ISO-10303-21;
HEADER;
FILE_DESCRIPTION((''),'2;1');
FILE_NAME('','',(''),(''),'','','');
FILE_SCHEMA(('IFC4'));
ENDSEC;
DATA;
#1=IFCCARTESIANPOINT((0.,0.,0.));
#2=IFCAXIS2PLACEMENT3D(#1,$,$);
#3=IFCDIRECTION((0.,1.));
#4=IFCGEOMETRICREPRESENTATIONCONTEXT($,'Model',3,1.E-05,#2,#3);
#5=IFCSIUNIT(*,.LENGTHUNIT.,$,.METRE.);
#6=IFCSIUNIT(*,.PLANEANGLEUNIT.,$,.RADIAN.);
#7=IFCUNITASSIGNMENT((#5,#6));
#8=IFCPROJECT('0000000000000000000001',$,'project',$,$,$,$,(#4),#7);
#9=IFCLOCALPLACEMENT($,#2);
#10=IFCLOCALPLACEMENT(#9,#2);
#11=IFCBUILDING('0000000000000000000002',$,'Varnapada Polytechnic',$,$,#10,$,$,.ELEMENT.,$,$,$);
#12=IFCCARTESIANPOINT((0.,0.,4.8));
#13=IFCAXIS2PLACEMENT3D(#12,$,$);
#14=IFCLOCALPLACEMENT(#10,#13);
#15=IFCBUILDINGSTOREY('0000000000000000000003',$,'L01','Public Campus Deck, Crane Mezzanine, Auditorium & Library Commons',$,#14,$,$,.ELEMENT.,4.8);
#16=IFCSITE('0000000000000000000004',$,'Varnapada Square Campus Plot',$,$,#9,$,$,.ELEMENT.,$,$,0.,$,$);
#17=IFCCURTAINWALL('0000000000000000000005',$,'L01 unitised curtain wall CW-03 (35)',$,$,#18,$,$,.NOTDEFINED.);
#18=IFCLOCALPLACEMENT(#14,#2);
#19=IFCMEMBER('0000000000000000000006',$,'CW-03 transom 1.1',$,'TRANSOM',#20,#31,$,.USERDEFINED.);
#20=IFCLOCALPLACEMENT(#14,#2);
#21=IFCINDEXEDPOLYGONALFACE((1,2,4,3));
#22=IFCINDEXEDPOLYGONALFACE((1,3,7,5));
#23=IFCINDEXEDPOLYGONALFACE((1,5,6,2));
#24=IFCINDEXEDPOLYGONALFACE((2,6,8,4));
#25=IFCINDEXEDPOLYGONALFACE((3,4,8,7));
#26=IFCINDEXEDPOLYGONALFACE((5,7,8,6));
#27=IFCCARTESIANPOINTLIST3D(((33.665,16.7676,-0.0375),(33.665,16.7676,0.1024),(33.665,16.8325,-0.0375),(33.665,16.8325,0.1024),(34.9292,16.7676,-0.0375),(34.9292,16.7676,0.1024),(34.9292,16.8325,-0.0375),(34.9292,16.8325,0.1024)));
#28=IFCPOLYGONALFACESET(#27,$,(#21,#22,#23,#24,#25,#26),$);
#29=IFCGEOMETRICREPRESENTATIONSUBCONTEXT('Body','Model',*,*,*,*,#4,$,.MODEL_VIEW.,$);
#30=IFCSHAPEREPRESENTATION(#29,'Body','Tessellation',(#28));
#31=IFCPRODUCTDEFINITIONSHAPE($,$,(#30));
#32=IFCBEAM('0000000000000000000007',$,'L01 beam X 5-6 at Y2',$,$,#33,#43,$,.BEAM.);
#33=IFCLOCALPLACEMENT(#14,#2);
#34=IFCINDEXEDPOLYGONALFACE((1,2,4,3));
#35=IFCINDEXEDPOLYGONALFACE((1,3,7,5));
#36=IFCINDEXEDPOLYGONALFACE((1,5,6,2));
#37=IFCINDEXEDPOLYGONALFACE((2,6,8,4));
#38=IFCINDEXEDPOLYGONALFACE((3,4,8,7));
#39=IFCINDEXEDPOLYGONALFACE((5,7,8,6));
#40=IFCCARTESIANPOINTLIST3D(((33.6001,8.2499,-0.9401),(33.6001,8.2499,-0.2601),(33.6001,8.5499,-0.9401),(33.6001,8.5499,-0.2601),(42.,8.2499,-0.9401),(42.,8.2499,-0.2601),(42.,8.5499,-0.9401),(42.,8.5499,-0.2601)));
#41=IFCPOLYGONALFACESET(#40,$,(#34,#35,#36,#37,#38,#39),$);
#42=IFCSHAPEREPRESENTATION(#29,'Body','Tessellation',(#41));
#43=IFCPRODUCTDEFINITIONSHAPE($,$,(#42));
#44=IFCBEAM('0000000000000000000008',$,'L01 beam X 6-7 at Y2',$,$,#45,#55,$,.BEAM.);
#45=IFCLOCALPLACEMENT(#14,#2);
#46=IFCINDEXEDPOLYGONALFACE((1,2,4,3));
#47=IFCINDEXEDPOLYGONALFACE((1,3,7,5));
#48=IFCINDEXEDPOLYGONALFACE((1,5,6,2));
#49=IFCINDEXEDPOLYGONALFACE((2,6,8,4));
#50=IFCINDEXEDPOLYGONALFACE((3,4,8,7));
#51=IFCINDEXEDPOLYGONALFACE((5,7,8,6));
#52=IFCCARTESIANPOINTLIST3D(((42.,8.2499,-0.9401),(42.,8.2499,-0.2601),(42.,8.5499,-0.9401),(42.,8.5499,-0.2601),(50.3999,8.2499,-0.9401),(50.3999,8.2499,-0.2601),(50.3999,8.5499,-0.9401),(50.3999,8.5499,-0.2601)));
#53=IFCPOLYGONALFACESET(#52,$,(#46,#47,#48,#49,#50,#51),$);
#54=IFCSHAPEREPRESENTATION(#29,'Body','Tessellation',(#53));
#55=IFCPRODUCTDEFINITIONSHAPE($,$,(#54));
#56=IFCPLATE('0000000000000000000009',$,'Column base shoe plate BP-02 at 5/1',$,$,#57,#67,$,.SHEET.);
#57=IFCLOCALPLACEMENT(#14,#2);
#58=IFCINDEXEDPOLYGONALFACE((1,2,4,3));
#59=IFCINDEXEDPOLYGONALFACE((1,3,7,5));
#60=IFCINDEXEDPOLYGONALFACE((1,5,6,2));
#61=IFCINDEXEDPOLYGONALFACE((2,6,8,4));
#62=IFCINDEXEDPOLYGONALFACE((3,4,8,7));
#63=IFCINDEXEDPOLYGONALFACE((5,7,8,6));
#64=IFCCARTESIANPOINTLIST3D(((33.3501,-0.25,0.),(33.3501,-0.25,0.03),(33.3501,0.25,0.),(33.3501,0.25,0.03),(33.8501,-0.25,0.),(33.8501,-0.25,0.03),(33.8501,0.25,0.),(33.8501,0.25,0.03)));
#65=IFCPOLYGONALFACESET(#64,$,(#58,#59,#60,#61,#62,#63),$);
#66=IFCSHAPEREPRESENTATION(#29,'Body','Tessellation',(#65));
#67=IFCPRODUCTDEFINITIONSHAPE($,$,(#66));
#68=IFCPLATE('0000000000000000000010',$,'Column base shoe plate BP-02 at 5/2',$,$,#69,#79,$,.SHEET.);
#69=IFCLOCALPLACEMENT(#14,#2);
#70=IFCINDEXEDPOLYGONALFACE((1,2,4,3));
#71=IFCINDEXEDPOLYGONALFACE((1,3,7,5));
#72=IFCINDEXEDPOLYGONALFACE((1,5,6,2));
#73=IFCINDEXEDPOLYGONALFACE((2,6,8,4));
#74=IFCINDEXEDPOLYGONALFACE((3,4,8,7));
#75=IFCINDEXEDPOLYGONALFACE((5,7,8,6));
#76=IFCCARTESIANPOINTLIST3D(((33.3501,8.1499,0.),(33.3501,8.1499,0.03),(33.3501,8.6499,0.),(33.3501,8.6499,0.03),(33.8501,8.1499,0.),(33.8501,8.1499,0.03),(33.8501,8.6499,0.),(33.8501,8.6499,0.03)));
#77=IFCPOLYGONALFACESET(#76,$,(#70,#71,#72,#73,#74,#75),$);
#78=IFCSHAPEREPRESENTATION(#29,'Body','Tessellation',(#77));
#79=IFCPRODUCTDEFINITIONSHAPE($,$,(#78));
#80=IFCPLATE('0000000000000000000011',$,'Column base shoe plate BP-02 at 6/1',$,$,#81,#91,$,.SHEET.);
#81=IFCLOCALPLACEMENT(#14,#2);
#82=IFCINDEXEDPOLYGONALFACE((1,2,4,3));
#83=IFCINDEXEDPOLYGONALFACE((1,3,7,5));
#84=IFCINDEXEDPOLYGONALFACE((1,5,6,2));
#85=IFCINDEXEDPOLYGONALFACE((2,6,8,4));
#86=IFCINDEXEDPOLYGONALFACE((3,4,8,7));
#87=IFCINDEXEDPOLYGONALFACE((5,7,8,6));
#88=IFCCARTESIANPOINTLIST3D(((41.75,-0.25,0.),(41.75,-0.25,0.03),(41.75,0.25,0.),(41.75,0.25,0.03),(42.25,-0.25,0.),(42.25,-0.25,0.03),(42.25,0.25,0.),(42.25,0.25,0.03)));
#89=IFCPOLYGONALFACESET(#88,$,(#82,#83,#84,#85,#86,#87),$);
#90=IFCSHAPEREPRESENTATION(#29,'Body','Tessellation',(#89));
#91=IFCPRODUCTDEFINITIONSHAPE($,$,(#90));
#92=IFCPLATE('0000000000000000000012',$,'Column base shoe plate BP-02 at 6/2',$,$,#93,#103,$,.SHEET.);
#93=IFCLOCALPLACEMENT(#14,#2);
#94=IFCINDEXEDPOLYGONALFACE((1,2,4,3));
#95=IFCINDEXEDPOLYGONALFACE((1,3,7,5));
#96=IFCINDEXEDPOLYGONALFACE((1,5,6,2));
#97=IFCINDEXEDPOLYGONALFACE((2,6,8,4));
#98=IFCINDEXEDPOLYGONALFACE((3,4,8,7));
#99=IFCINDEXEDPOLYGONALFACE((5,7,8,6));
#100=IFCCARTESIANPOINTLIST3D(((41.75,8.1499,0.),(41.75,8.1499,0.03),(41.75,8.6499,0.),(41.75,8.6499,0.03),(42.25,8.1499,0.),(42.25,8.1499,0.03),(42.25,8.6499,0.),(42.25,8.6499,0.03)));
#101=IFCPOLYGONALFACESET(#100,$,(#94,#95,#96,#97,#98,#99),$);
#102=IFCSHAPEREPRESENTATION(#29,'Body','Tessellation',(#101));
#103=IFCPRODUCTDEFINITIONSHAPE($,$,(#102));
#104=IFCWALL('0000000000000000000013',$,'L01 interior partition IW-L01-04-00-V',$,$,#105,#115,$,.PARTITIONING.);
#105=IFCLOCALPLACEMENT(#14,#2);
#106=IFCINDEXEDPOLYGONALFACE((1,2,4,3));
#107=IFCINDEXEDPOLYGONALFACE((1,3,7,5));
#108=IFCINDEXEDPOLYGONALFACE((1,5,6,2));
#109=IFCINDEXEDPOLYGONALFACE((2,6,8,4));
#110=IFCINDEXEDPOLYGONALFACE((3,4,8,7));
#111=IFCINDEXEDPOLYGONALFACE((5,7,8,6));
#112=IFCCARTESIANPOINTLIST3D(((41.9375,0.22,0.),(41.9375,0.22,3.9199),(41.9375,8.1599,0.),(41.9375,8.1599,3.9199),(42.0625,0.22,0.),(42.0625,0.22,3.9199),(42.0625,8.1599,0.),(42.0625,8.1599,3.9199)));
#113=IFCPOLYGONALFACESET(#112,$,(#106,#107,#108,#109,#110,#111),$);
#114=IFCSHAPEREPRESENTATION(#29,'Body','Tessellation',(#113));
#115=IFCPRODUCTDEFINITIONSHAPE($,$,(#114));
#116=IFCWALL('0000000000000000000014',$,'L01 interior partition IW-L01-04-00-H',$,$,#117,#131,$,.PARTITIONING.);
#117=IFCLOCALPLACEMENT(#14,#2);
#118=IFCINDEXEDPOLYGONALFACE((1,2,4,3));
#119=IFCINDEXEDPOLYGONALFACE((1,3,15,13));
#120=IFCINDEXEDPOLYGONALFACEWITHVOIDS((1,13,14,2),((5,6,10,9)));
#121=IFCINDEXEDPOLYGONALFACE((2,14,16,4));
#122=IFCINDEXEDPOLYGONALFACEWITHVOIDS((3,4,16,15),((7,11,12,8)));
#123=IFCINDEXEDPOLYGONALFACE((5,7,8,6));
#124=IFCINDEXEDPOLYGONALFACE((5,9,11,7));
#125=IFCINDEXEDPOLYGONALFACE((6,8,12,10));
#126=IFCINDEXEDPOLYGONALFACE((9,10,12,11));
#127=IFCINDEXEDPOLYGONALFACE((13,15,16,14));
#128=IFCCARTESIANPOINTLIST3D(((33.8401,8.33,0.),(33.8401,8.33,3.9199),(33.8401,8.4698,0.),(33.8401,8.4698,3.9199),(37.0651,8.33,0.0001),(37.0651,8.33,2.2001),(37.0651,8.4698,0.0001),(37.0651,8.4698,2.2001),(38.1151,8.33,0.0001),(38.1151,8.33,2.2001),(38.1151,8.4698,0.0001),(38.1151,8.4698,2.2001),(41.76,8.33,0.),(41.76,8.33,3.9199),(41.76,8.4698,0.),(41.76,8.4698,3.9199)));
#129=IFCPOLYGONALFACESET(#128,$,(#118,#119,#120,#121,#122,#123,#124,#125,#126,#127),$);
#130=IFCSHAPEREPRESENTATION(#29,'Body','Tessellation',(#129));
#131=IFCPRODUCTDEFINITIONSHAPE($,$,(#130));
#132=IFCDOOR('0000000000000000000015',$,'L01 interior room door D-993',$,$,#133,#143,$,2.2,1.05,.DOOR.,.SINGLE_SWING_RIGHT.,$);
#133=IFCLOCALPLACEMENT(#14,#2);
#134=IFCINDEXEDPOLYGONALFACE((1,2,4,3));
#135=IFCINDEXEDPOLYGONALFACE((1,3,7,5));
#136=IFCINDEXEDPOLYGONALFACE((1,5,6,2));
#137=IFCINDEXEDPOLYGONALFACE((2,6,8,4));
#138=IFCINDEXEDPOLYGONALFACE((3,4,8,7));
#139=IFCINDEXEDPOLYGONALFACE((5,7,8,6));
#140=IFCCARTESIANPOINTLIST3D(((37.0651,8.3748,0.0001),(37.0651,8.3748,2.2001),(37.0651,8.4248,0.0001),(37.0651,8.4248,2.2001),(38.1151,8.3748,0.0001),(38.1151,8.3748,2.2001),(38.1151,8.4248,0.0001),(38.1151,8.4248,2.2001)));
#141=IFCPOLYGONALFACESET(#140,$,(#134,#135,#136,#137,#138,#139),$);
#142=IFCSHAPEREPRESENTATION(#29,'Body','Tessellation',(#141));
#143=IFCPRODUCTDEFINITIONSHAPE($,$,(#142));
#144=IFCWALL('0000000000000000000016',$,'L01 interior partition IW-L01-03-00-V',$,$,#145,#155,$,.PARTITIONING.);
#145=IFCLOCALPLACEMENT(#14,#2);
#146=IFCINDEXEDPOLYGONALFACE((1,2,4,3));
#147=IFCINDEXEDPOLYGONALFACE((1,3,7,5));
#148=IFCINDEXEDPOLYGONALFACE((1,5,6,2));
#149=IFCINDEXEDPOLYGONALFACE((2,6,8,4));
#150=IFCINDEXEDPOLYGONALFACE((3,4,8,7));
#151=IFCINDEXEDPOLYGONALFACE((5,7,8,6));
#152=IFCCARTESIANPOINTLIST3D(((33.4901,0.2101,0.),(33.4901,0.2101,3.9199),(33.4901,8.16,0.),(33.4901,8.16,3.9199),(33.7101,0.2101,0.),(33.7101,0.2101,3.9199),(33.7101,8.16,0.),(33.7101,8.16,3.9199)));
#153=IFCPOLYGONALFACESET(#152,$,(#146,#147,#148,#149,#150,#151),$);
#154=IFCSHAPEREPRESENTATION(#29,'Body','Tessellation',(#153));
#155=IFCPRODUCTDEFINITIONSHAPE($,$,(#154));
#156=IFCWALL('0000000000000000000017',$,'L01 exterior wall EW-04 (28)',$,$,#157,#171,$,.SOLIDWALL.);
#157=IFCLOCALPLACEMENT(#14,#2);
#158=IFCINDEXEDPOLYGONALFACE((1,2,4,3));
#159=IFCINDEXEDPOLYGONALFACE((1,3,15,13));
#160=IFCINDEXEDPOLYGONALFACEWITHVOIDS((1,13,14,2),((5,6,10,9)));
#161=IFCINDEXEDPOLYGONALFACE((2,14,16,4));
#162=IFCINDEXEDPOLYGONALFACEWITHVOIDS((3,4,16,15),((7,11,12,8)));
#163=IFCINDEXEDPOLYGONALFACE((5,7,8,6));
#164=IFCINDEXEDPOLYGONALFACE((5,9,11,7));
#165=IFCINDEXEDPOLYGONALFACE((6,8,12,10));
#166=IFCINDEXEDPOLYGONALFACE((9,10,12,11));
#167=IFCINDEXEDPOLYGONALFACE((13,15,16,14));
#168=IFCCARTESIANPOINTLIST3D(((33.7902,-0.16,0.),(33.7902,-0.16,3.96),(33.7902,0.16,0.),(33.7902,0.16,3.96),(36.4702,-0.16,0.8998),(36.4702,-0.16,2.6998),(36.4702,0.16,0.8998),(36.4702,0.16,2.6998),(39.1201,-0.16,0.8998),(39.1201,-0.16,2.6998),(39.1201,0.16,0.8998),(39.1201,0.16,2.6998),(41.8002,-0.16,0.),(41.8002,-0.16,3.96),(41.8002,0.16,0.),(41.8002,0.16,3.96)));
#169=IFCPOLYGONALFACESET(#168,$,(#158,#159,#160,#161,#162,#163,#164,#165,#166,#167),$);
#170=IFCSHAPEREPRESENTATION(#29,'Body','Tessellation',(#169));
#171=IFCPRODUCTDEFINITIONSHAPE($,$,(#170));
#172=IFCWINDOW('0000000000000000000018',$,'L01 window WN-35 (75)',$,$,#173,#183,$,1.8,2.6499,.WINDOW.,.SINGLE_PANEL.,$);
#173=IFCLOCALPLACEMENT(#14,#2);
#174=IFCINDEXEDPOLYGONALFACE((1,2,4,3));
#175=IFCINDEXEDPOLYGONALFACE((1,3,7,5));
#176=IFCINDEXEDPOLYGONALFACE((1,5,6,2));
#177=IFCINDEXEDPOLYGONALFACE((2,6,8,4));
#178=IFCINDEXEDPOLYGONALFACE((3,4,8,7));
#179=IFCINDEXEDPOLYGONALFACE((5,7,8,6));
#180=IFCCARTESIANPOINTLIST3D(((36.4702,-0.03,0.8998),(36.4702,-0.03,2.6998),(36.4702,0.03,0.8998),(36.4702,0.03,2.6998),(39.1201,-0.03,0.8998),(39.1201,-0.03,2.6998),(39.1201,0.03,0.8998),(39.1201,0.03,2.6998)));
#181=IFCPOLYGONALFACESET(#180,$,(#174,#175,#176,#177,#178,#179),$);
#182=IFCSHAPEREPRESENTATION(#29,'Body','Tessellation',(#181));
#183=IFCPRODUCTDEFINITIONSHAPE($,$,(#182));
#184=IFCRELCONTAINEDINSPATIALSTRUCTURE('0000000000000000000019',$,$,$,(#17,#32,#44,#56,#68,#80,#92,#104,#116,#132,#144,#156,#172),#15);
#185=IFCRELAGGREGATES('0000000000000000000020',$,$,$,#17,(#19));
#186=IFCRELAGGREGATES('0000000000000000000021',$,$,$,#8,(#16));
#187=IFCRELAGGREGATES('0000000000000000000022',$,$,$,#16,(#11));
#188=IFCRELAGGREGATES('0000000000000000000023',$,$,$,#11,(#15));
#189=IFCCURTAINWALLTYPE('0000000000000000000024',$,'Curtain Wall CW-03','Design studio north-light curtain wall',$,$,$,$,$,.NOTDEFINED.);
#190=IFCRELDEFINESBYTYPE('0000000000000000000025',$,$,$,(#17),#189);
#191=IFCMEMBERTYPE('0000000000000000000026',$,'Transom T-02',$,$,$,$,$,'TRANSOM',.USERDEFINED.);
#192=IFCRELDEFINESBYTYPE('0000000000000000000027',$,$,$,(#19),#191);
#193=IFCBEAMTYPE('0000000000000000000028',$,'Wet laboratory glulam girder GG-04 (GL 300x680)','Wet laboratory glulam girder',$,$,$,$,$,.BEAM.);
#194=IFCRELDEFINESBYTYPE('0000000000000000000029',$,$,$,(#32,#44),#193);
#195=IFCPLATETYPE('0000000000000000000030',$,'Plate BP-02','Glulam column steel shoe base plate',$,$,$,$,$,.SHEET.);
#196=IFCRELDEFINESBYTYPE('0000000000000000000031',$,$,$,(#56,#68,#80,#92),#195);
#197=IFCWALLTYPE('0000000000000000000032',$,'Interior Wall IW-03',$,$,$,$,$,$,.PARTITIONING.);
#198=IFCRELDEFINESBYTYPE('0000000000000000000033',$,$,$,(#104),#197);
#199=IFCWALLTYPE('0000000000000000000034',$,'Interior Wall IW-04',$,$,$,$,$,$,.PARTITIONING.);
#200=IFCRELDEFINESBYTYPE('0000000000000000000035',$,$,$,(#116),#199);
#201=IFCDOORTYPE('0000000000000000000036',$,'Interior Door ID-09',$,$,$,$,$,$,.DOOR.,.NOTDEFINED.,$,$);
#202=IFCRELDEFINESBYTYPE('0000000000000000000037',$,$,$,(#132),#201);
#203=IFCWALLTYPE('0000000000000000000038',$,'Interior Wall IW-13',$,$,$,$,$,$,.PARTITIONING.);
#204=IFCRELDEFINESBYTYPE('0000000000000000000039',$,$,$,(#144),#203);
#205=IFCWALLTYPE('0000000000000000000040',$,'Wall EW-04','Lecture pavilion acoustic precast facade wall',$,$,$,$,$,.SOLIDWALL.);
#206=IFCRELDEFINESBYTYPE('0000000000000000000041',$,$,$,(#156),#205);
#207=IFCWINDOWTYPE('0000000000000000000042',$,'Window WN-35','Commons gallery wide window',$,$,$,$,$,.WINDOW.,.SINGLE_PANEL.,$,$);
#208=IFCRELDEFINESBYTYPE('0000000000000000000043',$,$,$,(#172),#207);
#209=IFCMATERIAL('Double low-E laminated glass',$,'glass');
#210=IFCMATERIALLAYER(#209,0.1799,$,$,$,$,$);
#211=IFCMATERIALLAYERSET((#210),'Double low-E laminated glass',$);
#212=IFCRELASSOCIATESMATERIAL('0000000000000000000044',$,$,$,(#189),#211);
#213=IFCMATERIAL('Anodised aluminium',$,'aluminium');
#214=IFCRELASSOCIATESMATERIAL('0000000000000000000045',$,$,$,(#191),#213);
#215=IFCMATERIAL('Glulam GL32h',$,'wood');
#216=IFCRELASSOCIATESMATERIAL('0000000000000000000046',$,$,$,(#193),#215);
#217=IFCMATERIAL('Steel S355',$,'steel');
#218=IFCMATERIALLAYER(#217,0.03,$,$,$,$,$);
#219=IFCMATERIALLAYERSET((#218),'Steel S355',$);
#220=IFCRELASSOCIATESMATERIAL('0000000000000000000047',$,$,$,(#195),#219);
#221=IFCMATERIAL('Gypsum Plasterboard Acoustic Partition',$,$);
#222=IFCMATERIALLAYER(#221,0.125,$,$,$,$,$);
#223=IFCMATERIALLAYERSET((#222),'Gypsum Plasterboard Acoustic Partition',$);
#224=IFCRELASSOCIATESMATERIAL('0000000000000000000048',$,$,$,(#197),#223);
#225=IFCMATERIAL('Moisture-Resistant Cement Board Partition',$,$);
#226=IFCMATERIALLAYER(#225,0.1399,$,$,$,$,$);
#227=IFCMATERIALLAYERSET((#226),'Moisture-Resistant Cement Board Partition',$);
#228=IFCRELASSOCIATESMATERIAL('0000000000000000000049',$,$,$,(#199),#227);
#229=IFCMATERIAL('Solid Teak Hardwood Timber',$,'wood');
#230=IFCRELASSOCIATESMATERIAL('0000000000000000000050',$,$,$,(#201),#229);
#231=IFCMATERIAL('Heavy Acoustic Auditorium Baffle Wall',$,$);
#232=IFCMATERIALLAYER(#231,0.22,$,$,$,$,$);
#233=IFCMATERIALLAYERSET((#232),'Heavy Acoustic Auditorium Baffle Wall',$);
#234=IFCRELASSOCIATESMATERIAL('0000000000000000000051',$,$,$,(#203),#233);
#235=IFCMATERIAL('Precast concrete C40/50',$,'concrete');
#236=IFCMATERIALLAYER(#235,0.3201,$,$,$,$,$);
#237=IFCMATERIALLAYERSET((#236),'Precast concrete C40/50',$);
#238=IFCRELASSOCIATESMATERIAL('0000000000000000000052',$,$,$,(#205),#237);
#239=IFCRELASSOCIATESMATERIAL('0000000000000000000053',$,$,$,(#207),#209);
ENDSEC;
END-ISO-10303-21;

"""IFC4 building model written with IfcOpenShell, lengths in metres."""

from ifc_helpers import new_model, si_unit, direction, frame, frame_2d, origin, origin_2d, place, context, subcontext, project, spatial, rectangle, extrude, material, layer, layer_set, material_profile, profile_set, type_object, element, fill, aggregate, save


model = new_model("IFC4")

# Units and contexts
model_context = context("Model", 3, precision=1e-05, world=origin(), true_north=direction((0.0, 1.0)))
body_context = subcontext(model_context, "Body", "Model", "MODEL_VIEW")
ifc_project = project(units=[si_unit("LENGTHUNIT", "METRE"), si_unit("PLANEANGLEUNIT", "RADIAN")], contexts=[model_context])

# Site, building, storey
site_placement = place(None, origin())
site = spatial("IfcSite", under=ifc_project, at=site_placement, Name="Varnapada Square Campus Plot", CompositionType="ELEMENT", RefElevation=0.0)
building_placement = place(site_placement, origin())
building = spatial("IfcBuilding", under=site, at=building_placement, Name="Varnapada Polytechnic", CompositionType="ELEMENT")
storey_placement = place(building_placement, frame((0.0, 0.0, 4.8)))
storey = spatial("IfcBuildingStorey", under=building, at=storey_placement, Name="L01", Description="Public Campus Deck, Crane Mezzanine, Auditorium & Library Commons", CompositionType="ELEMENT", Elevation=4.8)

# Shared definitions
ifc_material_1 = material(Name="Glulam GL32h", Category="wood")

# Curtain wall
ifc_material_2 = material(Name="Double low-E laminated glass", Category="glass")
ifc_layer_1 = layer(ifc_material_2, 0.1799)
ifc_layer_set_1 = layer_set([ifc_layer_1], Name="Double low-E laminated glass")
curtain_wall_type = type_object("IfcCurtainWallType", Name="Curtain Wall CW-03", Description="Design studio north-light curtain wall", PredefinedType="NOTDEFINED", material=ifc_layer_set_1)
ifc_material_3 = material(Name="Anodised aluminium", Category="aluminium")
curtain_wall_1_placement = place(storey_placement, origin())
curtain_wall_1 = element("IfcCurtainWall", 1, at=curtain_wall_1_placement, inside=storey, type_object=curtain_wall_type, Name="L01 unitised curtain wall CW-03 (35)", PredefinedType="NOTDEFINED")

# Member
ifc_material_profile_1 = material_profile(ifc_material_3, rectangle(XDim=0.0649, YDim=0.1399, at=origin_2d()), Name="ALU T65x140")
ifc_profile_set_1 = profile_set([ifc_material_profile_1], Name="Anodised aluminium")
member_type_1 = type_object("IfcMemberType", Name="Transom T-02", ElementType="TRANSOM", PredefinedType="USERDEFINED", material=ifc_profile_set_1)
member_1_placement = place(storey_placement, frame((33.665, 16.8, 0.0325), z_axis=(1.0, 0.0, 0.0), x_axis=(0.0, 1.0, 0.0)))
member_1 = element("IfcMember", 2, at=member_1_placement, type_object=member_type_1, Name="CW-03 transom 1.1", ObjectType="TRANSOM", PredefinedType="USERDEFINED", context=body_context, shape_type="SweptSolid", body=[
    extrude(rectangle(XDim=0.0649, YDim=0.1399, at=origin_2d()), origin(), (0.0, 0.0, 1.0), 1.2642),
])
aggregate(curtain_wall_1, [member_1])

# Beams
ifc_material_profile_2 = material_profile(ifc_material_1, rectangle(XDim=0.3, YDim=0.6799, at=origin_2d()), Name="GL 300x680")
ifc_profile_set_2 = profile_set([ifc_material_profile_2], Name="Glulam GL32h")
beam_type_1 = type_object("IfcBeamType", Name="Wet laboratory glulam girder GG-04 (GL 300x680)", Description="Wet laboratory glulam girder", PredefinedType="BEAM", material=ifc_profile_set_2)
for number, where, z_axis, x_axis, name in (
    (3, (33.6001, 8.3999, -0.6001), (1.0, 0.0, 0.0), (0.0, 1.0, 0.0), "L01 beam X 5-6 at Y2"),
    (4, (42.0, 8.3999, -0.6001), (1.0, 0.0, 0.0), (0.0, 1.0, 0.0), "L01 beam X 6-7 at Y2"),
):
    element("IfcBeam", number, at=place(storey_placement, frame(where, z_axis=z_axis, x_axis=x_axis)), inside=storey, type_object=beam_type_1, Name=name, PredefinedType="BEAM", context=body_context, shape_type="SweptSolid", body=[
        extrude(rectangle(XDim=0.3, YDim=0.6799, at=origin_2d()), origin(), (0.0, 0.0, 1.0), 8.3999),
    ])

# Plates
ifc_material_4 = material(Name="Steel S355", Category="steel")
ifc_layer_2 = layer(ifc_material_4, 0.03)
ifc_layer_set_2 = layer_set([ifc_layer_2], Name="Steel S355")
plate_type = type_object("IfcPlateType", Name="Plate BP-02", Description="Glulam column steel shoe base plate", PredefinedType="SHEET", material=ifc_layer_set_2)
for number, where, z_axis, x_axis, name in (
    (5, (33.6001, 0.0, 0.0), (0.0, 0.0, 1.0), (1.0, 0.0, 0.0), "Column base shoe plate BP-02 at 5/1"),
    (6, (33.6001, 8.3999, 0.0), (0.0, 0.0, 1.0), (1.0, 0.0, 0.0), "Column base shoe plate BP-02 at 5/2"),
    (7, (42.0, 0.0, 0.0), (0.0, 0.0, 1.0), (1.0, 0.0, 0.0), "Column base shoe plate BP-02 at 6/1"),
    (8, (42.0, 8.3999, 0.0), (0.0, 0.0, 1.0), (1.0, 0.0, 0.0), "Column base shoe plate BP-02 at 6/2"),
):
    element("IfcPlate", number, at=place(storey_placement, frame(where, z_axis=z_axis, x_axis=x_axis)), inside=storey, type_object=plate_type, Name=name, PredefinedType="SHEET", context=body_context, shape_type="SweptSolid", body=[
        extrude(rectangle(XDim=0.5, YDim=0.5, at=origin_2d()), origin(), (0.0, 0.0, 1.0), 0.03),
    ])

# Wall
ifc_material_5 = material(Name="Gypsum Plasterboard Acoustic Partition")
ifc_layer_3 = layer(ifc_material_5, 0.125)
ifc_layer_set_3 = layer_set([ifc_layer_3], Name="Gypsum Plasterboard Acoustic Partition")
wall_type_1 = type_object("IfcWallType", Name="Interior Wall IW-03", PredefinedType="PARTITIONING", material=ifc_layer_set_3)
wall_1_placement = place(storey_placement, frame((42.0, 0.22, 0.0), z_axis=(0.0, 0.0, 1.0), x_axis=(0.0, 1.0, 0.0)))
element("IfcWall", 9, at=wall_1_placement, inside=storey, type_object=wall_type_1, Name="L01 interior partition IW-L01-04-00-V", PredefinedType="PARTITIONING", context=body_context, shape_type="SweptSolid", body=[
    extrude(rectangle(XDim=7.9399, YDim=0.125, at=frame_2d((3.97, 0.0))), origin(), (0.0, 0.0, 1.0), 3.9199),
])

# Wall, opening, door
ifc_material_6 = material(Name="Moisture-Resistant Cement Board Partition")
ifc_layer_4 = layer(ifc_material_6, 0.1399)
ifc_layer_set_4 = layer_set([ifc_layer_4], Name="Moisture-Resistant Cement Board Partition")
wall_type_2 = type_object("IfcWallType", Name="Interior Wall IW-04", PredefinedType="PARTITIONING", material=ifc_layer_set_4)
wall_2_placement = place(storey_placement, frame((33.8401, 8.3999, 0.0), z_axis=(0.0, 0.0, 1.0), x_axis=(1.0, 0.0, 0.0)))
wall_2 = element("IfcWall", 10, at=wall_2_placement, inside=storey, type_object=wall_type_2, Name="L01 interior partition IW-L01-04-00-H", PredefinedType="PARTITIONING", context=body_context, shape_type="SweptSolid", body=[
    extrude(rectangle(XDim=7.9199, YDim=0.1399, at=frame_2d((3.96, 0.0))), origin(), (0.0, 0.0, 1.0), 3.9199),
])
opening_1_placement = place(wall_2_placement, frame((3.2251, 0.0, 0.0)))
opening_1 = element("IfcOpeningElement", 11, at=opening_1_placement, cuts=wall_2, PredefinedType="OPENING", context=body_context, shape_type="SweptSolid", body=[
    extrude(rectangle(XDim=1.05, YDim=2.2, at=frame_2d((0.5249, 1.1001))), frame((0.0, 0.0798, 0.0), z_axis=(0.0, -1.0, 0.0), x_axis=(1.0, 0.0, 0.0)), (0.0, 0.0, 1.0), 0.1599),
])
ifc_material_7 = material(Name="Solid Teak Hardwood Timber", Category="wood")
door_type = type_object("IfcDoorType", Name="Interior Door ID-09", OperationType="NOTDEFINED", PredefinedType="DOOR", material=ifc_material_7)
door_placement = place(opening_1_placement, origin())
door = element("IfcDoor", 12, at=door_placement, inside=storey, type_object=door_type, Name="L01 interior room door D-993", OperationType="SINGLE_SWING_RIGHT", OverallHeight=2.2, OverallWidth=1.05, PredefinedType="DOOR", context=body_context, shape_type="SweptSolid", body=[
    extrude(rectangle(XDim=1.05, YDim=2.2, at=frame_2d((0.5249, 1.1001))), frame((0.0, 0.0249, 0.0), z_axis=(0.0, -1.0, 0.0), x_axis=(1.0, 0.0, 0.0)), (0.0, 0.0, 1.0), 0.05),
])
fill(opening_1, door)

# Wall
ifc_material_8 = material(Name="Heavy Acoustic Auditorium Baffle Wall")
ifc_layer_5 = layer(ifc_material_8, 0.22)
ifc_layer_set_5 = layer_set([ifc_layer_5], Name="Heavy Acoustic Auditorium Baffle Wall")
wall_type_3 = type_object("IfcWallType", Name="Interior Wall IW-13", PredefinedType="PARTITIONING", material=ifc_layer_set_5)
wall_3_placement = place(storey_placement, frame((33.6001, 0.21, 0.0), z_axis=(0.0, 0.0, 1.0), x_axis=(0.0, 1.0, 0.0)))
element("IfcWall", 13, at=wall_3_placement, inside=storey, type_object=wall_type_3, Name="L01 interior partition IW-L01-03-00-V", PredefinedType="PARTITIONING", context=body_context, shape_type="SweptSolid", body=[
    extrude(rectangle(XDim=7.95, YDim=0.22, at=frame_2d((3.9751, 0.0))), origin(), (0.0, 0.0, 1.0), 3.9199),
])

# Wall, opening, window
ifc_material_9 = material(Name="Precast concrete C40/50", Category="concrete")
ifc_layer_6 = layer(ifc_material_9, 0.3201)
ifc_layer_set_6 = layer_set([ifc_layer_6], Name="Precast concrete C40/50")
wall_type_4 = type_object("IfcWallType", Name="Wall EW-04", Description="Lecture pavilion acoustic precast facade wall", PredefinedType="SOLIDWALL", material=ifc_layer_set_6)
wall_4_placement = place(storey_placement, frame((41.8, 0.0, 0.0), z_axis=(0.0, 0.0, 1.0), x_axis=(-1.0, 0.0, 0.0)))
wall_4 = element("IfcWall", 14, at=wall_4_placement, inside=storey, type_object=wall_type_4, Name="L01 exterior wall EW-04 (28)", PredefinedType="SOLIDWALL", context=body_context, shape_type="SweptSolid", body=[
    extrude(rectangle(XDim=8.01, YDim=0.3201, at=frame_2d((4.0049, 0.0))), origin(), (0.0, 0.0, 1.0), 3.96),
])
opening_2_placement = place(wall_4_placement, frame((2.6799, 0.0, 0.8999)))
opening_2 = element("IfcOpeningElement", 15, at=opening_2_placement, cuts=wall_4, PredefinedType="OPENING", context=body_context, shape_type="SweptSolid", body=[
    extrude(rectangle(XDim=2.6499, YDim=1.8, at=frame_2d((1.325, 0.8999))), frame((0.0, 0.1699, 0.0), z_axis=(0.0, -1.0, 0.0), x_axis=(1.0, 0.0, 0.0)), (0.0, 0.0, 1.0), 0.3401),
])
window_type = type_object("IfcWindowType", Name="Window WN-35", Description="Commons gallery wide window", PartitioningType="SINGLE_PANEL", PredefinedType="WINDOW", material=ifc_material_2)
window_placement = place(opening_2_placement, origin())
window = element("IfcWindow", 16, at=window_placement, inside=storey, type_object=window_type, Name="L01 window WN-35 (75)", OverallHeight=1.8, OverallWidth=2.6499, PartitioningType="SINGLE_PANEL", PredefinedType="WINDOW", context=body_context, shape_type="SweptSolid", body=[
    extrude(rectangle(XDim=2.6499, YDim=1.8, at=frame_2d((1.325, 0.8999))), frame((0.0, 0.03, 0.0), z_axis=(0.0, -1.0, 0.0), x_axis=(1.0, 0.0, 0.0)), (0.0, 0.0, 1.0), 0.0601),
])
fill(opening_2, window)

save(model, "model.ifc")
